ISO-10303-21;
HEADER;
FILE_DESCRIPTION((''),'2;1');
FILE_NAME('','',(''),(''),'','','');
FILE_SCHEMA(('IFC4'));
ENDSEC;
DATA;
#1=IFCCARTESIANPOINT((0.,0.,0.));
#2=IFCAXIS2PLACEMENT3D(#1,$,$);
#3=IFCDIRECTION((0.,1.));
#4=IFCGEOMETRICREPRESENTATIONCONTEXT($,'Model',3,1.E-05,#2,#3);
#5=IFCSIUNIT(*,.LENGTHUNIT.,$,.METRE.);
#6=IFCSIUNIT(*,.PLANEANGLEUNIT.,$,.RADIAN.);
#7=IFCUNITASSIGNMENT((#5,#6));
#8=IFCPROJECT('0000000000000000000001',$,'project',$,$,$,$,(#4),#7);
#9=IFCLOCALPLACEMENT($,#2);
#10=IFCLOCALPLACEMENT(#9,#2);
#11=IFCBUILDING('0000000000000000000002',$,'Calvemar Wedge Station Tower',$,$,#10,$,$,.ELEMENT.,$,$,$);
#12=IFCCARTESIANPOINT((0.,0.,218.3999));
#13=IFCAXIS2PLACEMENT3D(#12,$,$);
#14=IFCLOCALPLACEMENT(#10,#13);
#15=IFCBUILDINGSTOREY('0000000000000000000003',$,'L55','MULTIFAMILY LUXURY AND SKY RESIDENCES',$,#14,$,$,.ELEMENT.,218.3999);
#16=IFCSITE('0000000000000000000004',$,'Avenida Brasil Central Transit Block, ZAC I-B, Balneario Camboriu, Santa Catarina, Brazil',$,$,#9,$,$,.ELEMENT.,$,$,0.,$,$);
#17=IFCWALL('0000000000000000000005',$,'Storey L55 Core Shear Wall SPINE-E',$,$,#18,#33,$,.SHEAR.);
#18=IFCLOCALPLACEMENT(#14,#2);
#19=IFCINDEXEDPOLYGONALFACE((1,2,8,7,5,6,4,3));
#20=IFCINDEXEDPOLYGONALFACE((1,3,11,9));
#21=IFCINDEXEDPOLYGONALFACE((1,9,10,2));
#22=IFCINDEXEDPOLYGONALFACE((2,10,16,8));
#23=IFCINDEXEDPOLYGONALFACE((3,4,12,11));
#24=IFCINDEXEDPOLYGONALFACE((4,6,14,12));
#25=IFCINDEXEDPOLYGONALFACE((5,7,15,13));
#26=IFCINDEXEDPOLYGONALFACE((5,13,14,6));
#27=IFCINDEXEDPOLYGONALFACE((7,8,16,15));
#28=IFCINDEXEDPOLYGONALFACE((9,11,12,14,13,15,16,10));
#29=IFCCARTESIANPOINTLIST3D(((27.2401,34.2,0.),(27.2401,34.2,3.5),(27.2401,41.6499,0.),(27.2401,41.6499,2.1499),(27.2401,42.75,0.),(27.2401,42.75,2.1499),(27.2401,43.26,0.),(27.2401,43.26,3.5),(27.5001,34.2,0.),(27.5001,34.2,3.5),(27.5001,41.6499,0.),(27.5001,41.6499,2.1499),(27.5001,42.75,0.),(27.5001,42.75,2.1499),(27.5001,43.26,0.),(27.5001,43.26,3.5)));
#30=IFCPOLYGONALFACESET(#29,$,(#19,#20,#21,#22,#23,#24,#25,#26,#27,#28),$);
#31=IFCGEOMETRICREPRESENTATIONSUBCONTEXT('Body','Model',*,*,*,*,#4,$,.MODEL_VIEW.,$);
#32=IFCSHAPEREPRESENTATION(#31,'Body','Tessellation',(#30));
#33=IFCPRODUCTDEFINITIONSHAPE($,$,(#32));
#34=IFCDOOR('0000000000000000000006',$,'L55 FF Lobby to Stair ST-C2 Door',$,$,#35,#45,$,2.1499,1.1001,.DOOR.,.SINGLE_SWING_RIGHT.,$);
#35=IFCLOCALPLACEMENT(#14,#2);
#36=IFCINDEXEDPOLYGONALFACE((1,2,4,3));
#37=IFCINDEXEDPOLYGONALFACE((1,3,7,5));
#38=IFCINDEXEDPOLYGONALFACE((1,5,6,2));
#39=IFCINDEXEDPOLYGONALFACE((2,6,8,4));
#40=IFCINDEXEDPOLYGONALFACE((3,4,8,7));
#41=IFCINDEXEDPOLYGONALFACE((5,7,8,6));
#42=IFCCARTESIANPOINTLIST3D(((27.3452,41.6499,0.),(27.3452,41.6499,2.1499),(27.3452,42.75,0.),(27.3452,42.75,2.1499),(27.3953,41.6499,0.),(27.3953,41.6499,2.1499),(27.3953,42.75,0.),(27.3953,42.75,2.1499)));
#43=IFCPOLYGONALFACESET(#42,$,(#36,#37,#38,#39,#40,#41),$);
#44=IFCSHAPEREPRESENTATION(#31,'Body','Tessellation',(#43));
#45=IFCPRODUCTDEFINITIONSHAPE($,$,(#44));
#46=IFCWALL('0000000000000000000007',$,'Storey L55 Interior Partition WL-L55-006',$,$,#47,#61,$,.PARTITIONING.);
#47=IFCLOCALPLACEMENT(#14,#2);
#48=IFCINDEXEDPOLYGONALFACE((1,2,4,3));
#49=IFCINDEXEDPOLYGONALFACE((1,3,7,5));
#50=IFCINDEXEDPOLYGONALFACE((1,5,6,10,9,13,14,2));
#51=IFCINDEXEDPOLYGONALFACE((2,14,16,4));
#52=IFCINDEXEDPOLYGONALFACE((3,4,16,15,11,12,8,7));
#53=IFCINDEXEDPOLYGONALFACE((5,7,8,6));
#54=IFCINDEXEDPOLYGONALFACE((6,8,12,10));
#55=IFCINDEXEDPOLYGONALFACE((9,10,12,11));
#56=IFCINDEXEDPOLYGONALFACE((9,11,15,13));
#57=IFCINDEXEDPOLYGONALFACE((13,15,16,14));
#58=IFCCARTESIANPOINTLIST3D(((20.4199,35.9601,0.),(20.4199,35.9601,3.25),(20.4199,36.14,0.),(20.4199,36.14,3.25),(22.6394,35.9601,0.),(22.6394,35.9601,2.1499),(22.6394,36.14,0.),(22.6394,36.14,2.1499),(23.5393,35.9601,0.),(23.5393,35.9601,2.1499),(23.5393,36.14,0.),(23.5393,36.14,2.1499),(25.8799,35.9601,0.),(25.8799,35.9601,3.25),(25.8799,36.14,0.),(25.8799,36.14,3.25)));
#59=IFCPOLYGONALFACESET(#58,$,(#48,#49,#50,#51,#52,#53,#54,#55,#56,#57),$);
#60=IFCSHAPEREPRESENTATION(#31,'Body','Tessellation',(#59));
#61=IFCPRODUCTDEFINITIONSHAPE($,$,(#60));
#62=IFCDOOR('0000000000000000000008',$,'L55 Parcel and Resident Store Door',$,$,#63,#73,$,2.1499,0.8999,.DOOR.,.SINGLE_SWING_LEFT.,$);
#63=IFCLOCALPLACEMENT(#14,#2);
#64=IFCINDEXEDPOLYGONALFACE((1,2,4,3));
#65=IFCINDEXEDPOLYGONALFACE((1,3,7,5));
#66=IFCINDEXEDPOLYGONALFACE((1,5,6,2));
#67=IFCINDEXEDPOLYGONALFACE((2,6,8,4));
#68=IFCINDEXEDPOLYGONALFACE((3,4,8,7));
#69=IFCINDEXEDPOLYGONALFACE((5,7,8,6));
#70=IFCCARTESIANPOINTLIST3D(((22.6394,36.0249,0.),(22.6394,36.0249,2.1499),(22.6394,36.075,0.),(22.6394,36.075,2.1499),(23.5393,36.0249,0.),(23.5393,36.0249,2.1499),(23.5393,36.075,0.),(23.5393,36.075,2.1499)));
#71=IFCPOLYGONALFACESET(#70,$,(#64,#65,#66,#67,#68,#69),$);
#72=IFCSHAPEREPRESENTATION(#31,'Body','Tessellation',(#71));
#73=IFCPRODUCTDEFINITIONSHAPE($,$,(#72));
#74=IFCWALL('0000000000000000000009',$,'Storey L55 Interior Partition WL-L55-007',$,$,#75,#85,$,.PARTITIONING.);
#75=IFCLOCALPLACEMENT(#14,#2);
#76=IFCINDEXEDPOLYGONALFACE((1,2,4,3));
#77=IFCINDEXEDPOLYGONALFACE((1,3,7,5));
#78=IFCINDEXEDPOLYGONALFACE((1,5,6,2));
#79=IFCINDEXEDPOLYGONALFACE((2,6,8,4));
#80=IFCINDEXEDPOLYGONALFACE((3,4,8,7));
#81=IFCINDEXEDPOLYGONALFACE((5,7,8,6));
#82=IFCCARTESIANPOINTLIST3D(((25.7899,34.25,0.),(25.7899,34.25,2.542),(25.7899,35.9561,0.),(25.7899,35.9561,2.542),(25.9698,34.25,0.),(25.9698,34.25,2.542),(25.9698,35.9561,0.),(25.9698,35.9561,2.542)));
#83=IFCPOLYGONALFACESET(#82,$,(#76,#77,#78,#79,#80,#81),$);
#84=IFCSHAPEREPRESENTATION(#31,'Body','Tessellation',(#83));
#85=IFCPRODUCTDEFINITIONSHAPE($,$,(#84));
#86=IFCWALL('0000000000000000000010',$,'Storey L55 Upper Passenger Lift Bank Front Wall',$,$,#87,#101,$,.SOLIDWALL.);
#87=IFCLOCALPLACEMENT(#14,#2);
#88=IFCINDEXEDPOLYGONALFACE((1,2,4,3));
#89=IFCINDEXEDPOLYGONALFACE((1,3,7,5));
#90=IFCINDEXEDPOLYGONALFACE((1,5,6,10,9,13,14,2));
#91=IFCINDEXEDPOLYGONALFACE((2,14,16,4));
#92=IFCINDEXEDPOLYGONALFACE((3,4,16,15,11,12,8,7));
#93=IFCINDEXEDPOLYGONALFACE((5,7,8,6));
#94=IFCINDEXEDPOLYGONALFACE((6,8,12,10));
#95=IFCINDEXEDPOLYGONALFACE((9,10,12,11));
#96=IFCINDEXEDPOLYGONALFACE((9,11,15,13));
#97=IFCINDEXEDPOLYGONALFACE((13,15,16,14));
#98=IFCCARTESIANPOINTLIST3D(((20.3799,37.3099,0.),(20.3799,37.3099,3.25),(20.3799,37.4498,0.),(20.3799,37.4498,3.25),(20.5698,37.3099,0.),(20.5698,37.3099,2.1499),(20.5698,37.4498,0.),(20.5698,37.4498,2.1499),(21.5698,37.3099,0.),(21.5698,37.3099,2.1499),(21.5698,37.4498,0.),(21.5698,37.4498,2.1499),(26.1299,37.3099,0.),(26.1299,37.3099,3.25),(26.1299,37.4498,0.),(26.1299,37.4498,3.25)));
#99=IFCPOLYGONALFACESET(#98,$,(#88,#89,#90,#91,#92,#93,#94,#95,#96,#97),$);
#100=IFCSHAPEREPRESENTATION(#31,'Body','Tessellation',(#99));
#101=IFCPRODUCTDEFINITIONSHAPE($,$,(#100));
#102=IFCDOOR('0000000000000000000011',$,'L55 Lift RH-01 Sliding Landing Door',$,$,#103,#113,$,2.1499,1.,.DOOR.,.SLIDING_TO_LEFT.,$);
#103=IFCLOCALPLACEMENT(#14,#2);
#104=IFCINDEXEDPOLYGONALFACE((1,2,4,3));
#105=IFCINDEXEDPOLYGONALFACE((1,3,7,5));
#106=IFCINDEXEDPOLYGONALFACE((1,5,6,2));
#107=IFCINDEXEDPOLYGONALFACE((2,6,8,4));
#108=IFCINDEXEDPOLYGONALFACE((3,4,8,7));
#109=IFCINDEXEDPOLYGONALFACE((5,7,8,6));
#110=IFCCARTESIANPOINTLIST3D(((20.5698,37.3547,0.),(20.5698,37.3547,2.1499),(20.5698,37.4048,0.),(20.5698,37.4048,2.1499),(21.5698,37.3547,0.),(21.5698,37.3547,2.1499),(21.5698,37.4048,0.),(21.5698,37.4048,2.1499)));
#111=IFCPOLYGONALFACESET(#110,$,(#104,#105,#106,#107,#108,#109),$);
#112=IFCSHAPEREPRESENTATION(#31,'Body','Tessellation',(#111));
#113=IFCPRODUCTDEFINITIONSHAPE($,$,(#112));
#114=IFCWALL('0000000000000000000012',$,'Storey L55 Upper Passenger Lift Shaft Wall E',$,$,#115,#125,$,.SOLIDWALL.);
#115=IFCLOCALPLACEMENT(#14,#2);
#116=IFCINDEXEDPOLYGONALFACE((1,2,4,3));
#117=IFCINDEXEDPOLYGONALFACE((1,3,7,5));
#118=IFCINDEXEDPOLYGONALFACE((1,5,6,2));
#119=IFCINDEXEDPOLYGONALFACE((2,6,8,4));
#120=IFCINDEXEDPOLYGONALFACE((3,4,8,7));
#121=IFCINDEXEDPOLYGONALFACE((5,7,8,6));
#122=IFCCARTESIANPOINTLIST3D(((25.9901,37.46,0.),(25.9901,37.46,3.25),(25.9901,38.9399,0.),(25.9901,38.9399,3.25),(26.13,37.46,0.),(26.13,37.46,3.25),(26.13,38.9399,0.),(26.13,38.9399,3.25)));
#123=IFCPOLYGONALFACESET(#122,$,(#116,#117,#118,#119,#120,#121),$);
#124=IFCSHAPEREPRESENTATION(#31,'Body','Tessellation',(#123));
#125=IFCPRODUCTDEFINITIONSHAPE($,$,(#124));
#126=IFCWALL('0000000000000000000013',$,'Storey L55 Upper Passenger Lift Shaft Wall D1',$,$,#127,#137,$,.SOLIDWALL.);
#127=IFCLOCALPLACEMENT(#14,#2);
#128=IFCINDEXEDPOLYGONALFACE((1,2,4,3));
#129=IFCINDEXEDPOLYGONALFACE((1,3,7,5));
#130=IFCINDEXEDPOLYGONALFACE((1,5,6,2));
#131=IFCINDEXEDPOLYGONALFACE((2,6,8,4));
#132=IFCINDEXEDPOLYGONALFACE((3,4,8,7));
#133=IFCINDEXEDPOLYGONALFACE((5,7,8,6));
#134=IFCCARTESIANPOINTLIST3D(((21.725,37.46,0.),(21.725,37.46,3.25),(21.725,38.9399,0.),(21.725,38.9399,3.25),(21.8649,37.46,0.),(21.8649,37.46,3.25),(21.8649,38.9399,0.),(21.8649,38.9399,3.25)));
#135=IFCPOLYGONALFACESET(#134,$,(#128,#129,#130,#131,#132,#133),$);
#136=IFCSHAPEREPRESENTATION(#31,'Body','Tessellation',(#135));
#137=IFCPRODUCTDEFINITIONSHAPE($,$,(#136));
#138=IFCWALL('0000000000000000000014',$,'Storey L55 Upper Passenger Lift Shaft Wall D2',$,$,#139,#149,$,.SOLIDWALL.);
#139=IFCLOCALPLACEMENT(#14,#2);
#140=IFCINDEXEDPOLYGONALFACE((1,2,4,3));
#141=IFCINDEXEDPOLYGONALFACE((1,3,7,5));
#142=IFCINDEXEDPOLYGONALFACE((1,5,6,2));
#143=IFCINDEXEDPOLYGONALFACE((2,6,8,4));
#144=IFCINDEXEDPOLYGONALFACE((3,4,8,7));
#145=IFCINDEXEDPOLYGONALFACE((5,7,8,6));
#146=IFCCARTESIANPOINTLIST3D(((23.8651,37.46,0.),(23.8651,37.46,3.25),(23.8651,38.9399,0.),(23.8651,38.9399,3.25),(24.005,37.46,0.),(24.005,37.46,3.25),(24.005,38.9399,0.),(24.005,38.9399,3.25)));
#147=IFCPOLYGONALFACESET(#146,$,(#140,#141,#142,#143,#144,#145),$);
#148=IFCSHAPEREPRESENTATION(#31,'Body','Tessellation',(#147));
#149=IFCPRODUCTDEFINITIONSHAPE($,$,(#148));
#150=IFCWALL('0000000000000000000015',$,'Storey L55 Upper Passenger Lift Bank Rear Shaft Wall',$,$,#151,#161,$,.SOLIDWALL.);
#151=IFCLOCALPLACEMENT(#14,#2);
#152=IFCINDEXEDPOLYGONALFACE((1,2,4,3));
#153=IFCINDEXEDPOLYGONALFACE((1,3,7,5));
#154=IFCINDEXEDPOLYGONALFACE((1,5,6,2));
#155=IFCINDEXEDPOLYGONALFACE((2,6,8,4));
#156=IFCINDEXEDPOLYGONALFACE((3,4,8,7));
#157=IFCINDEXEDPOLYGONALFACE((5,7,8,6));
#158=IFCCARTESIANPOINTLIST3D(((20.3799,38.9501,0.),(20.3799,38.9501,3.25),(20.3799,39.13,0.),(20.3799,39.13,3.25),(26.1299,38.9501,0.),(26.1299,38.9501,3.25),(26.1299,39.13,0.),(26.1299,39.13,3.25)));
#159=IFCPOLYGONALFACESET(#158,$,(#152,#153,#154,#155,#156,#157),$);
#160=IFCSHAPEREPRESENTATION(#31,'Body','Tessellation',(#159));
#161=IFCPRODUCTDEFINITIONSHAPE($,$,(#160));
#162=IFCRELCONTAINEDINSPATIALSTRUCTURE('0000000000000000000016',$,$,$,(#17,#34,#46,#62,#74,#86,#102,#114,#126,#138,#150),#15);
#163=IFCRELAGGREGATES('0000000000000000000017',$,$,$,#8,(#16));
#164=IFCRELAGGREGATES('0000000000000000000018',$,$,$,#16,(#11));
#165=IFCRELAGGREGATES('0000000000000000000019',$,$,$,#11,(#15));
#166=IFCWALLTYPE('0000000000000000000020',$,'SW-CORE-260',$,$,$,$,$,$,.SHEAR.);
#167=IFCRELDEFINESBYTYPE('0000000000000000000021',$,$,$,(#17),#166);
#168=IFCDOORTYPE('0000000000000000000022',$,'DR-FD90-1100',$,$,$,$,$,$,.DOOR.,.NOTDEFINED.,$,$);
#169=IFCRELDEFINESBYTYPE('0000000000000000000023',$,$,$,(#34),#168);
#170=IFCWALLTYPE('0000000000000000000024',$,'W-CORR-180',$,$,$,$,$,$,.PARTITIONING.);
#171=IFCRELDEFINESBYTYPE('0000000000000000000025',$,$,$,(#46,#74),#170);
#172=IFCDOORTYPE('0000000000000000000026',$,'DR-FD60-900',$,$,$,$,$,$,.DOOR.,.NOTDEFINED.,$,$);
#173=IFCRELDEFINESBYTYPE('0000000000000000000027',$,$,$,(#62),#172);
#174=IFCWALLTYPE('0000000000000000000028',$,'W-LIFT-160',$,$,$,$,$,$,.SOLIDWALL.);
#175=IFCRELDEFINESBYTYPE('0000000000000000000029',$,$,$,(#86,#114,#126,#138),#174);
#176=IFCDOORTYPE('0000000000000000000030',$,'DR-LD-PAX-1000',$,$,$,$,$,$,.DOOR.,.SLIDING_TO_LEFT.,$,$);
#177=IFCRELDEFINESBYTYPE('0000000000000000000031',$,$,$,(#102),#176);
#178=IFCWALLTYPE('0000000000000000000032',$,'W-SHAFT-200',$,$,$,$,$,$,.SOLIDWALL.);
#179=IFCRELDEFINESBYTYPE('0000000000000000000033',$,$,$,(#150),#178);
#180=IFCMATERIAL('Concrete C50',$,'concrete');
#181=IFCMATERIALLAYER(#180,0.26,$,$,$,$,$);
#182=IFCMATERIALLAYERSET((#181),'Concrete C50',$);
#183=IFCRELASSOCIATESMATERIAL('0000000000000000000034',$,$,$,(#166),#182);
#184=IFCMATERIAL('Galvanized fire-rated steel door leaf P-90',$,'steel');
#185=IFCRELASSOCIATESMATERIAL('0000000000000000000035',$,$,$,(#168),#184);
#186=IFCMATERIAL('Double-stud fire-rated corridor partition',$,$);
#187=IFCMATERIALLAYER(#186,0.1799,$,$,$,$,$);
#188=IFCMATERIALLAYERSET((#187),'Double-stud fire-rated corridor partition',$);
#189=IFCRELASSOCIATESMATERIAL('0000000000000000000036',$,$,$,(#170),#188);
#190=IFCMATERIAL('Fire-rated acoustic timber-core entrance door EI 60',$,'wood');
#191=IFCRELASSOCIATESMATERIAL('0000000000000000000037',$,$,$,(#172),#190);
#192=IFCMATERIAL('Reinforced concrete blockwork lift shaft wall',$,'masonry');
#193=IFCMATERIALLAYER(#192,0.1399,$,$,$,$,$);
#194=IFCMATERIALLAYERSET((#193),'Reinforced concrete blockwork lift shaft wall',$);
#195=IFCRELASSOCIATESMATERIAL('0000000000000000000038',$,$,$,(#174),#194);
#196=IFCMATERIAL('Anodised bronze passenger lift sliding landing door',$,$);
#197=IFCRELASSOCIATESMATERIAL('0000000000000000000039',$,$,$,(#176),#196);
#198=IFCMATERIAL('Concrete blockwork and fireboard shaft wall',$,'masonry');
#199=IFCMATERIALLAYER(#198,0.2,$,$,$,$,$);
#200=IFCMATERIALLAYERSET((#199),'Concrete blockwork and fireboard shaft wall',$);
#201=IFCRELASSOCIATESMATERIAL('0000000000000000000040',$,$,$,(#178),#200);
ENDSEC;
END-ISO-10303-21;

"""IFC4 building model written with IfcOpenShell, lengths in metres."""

from ifc_helpers import new_model, si_unit, direction, frame, frame_2d, origin, place, context, subcontext, project, spatial, rectangle, extrude, source, transform, mapped, material, layer, layer_set, type_object, element, fill, save


model = new_model("IFC4")

# Units and contexts
model_context = context("Model", 3, precision=1e-05, world=origin(), true_north=direction((0.0, 1.0)))
body_context = subcontext(model_context, "Body", "Model", "MODEL_VIEW")
ifc_project = project(units=[si_unit("LENGTHUNIT", "METRE"), si_unit("PLANEANGLEUNIT", "RADIAN")], contexts=[model_context])

# Site, building, storey
site_placement = place(None, origin())
site = spatial("IfcSite", under=ifc_project, at=site_placement, Name="Avenida Brasil Central Transit Block, ZAC I-B, Balneario Camboriu, Santa Catarina, Brazil", CompositionType="ELEMENT", RefElevation=0.0)
building_placement = place(site_placement, origin())
building = spatial("IfcBuilding", under=site, at=building_placement, Name="Calvemar Wedge Station Tower", CompositionType="ELEMENT")
storey_placement = place(building_placement, frame((0.0, 0.0, 218.3999)))
storey = spatial("IfcBuildingStorey", under=building, at=storey_placement, Name="L55", Description="MULTIFAMILY LUXURY AND SKY RESIDENCES", CompositionType="ELEMENT", Elevation=218.3999)

# Shared definitions
ifc_material_1 = material(Name="Concrete C50", Category="concrete")

# Walls, openings, doors
ifc_layer_1 = layer(ifc_material_1, 0.26)
ifc_layer_set_1 = layer_set([ifc_layer_1], Name="Concrete C50")
wall_type_1 = type_object("IfcWallType", Name="SW-CORE-260", PredefinedType="SHEAR", material=ifc_layer_set_1)
shared_shape_1 = source(origin(), body_context, "Body", "SweptSolid", [
    extrude(rectangle(XDim=1.1001, YDim=2.1499, at=frame_2d((0.55, 1.075))), frame((0.0, 0.1401, 0.0), z_axis=(0.0, -1.0, 0.0), x_axis=(1.0, 0.0, 0.0)), (0.0, 0.0, 1.0), 0.28),
])
ifc_material_2 = material(Name="Galvanized fire-rated steel door leaf P-90", Category="steel")
door_type_1 = type_object("IfcDoorType", Name="DR-FD90-1100", OperationType="NOTDEFINED", PredefinedType="DOOR", material=ifc_material_2)
shared_shape_2 = source(origin(), body_context, "Body", "SweptSolid", [
    extrude(rectangle(XDim=1.1001, YDim=2.1499, at=frame_2d((0.55, 1.075))), frame((0.0, 0.0249, 0.0), z_axis=(0.0, -1.0, 0.0), x_axis=(1.0, 0.0, 0.0)), (0.0, 0.0, 1.0), 0.05),
])
wall_1_placement = place(storey_placement, frame((27.3701, 34.2, 0.0), z_axis=(0.0, 0.0, 1.0), x_axis=(0.0, 1.0, 0.0)))
wall_1 = element("IfcWall", 1, at=wall_1_placement, inside=storey, type_object=wall_type_1, Name="Storey L55 Core Shear Wall SPINE-E", PredefinedType="SHEAR", context=body_context, shape_type="SweptSolid", body=[
    extrude(rectangle(XDim=9.0601, YDim=0.26, at=frame_2d((4.53, 0.0))), origin(), (0.0, 0.0, 1.0), 3.5),
])
opening_1_placement = place(wall_1_placement, frame((7.45, 0.0, 0.0)))
opening_1 = element("IfcOpeningElement", 2, at=opening_1_placement, cuts=wall_1, PredefinedType="OPENING", context=body_context, shape_type="MappedRepresentation", body=[
    mapped(shared_shape_1, transform((0.0, 0.0, 0.0), scale=1.0)),
])
door_1_placement = place(opening_1_placement, origin())
door_1 = element("IfcDoor", 3, at=door_1_placement, inside=storey, type_object=door_type_1, Name="L55 FF Lobby to Stair ST-C2 Door", OperationType="SINGLE_SWING_RIGHT", OverallHeight=2.1499, OverallWidth=1.1001, PredefinedType="DOOR", context=body_context, shape_type="MappedRepresentation", body=[
    mapped(shared_shape_2, transform((0.0, 0.0, 0.0), scale=1.0)),
])
fill(opening_1, door_1)
ifc_material_3 = material(Name="Double-stud fire-rated corridor partition")
ifc_layer_2 = layer(ifc_material_3, 0.1799)
ifc_layer_set_2 = layer_set([ifc_layer_2], Name="Double-stud fire-rated corridor partition")
wall_type_2 = type_object("IfcWallType", Name="W-CORR-180", PredefinedType="PARTITIONING", material=ifc_layer_set_2)
shared_shape_3 = source(origin(), body_context, "Body", "SweptSolid", [
    extrude(rectangle(XDim=0.8999, YDim=2.1499, at=frame_2d((0.45, 1.075))), frame((0.0, 0.1001, 0.0), z_axis=(0.0, -1.0, 0.0), x_axis=(1.0, 0.0, 0.0)), (0.0, 0.0, 1.0), 0.2),
])
ifc_material_4 = material(Name="Fire-rated acoustic timber-core entrance door EI 60", Category="wood")
door_type_2 = type_object("IfcDoorType", Name="DR-FD60-900", OperationType="NOTDEFINED", PredefinedType="DOOR", material=ifc_material_4)
shared_shape_4 = source(origin(), body_context, "Body", "SweptSolid", [
    extrude(rectangle(XDim=0.8999, YDim=2.1499, at=frame_2d((0.45, 1.075))), frame((0.0, 0.0249, 0.0), z_axis=(0.0, -1.0, 0.0), x_axis=(1.0, 0.0, 0.0)), (0.0, 0.0, 1.0), 0.05),
])
wall_2_placement = place(storey_placement, frame((20.4199, 36.05, 0.0), z_axis=(0.0, 0.0, 1.0), x_axis=(1.0, 0.0, 0.0)))
wall_2 = element("IfcWall", 4, at=wall_2_placement, inside=storey, type_object=wall_type_2, Name="Storey L55 Interior Partition WL-L55-006", PredefinedType="PARTITIONING", context=body_context, shape_type="SweptSolid", body=[
    extrude(rectangle(XDim=5.46, YDim=0.1799, at=frame_2d((2.73, 0.0))), origin(), (0.0, 0.0, 1.0), 3.25),
])
opening_2_placement = place(wall_2_placement, frame((2.2195, 0.0, 0.0)))
opening_2 = element("IfcOpeningElement", 5, at=opening_2_placement, cuts=wall_2, PredefinedType="OPENING", context=body_context, shape_type="MappedRepresentation", body=[
    mapped(shared_shape_3, transform((0.0, 0.0, 0.0), scale=1.0)),
])
door_2_placement = place(opening_2_placement, origin())
door_2 = element("IfcDoor", 6, at=door_2_placement, inside=storey, type_object=door_type_2, Name="L55 Parcel and Resident Store Door", OperationType="SINGLE_SWING_LEFT", OverallHeight=2.1499, OverallWidth=0.8999, PredefinedType="DOOR", context=body_context, shape_type="MappedRepresentation", body=[
    mapped(shared_shape_4, transform((0.0, 0.0, 0.0), scale=1.0)),
])
fill(opening_2, door_2)

# Wall
wall_3_placement = place(storey_placement, frame((25.8799, 35.9561, 0.0), z_axis=(0.0, 0.0, 1.0), x_axis=(0.0, -1.0, 0.0)))
element("IfcWall", 7, at=wall_3_placement, inside=storey, type_object=wall_type_2, Name="Storey L55 Interior Partition WL-L55-007", PredefinedType="PARTITIONING", context=body_context, shape_type="SweptSolid", body=[
    extrude(rectangle(XDim=1.7061, YDim=0.1799, at=frame_2d((0.853, 0.0))), origin(), (0.0, 0.0, 1.0), 2.542),
])

# Wall, opening, door
ifc_material_5 = material(Name="Reinforced concrete blockwork lift shaft wall", Category="masonry")
ifc_layer_3 = layer(ifc_material_5, 0.1399)
ifc_layer_set_3 = layer_set([ifc_layer_3], Name="Reinforced concrete blockwork lift shaft wall")
wall_type_3 = type_object("IfcWallType", Name="W-LIFT-160", PredefinedType="SOLIDWALL", material=ifc_layer_set_3)
wall_4_placement = place(storey_placement, frame((20.3799, 37.3799, 0.0), z_axis=(0.0, 0.0, 1.0), x_axis=(1.0, 0.0, 0.0)))
wall_4 = element("IfcWall", 8, at=wall_4_placement, inside=storey, type_object=wall_type_3, Name="Storey L55 Upper Passenger Lift Bank Front Wall", PredefinedType="SOLIDWALL", context=body_context, shape_type="SweptSolid", body=[
    extrude(rectangle(XDim=5.75, YDim=0.1399, at=frame_2d((2.875, 0.0))), origin(), (0.0, 0.0, 1.0), 3.25),
])
shared_shape_5 = source(origin(), body_context, "Body", "SweptSolid", [
    extrude(rectangle(XDim=1.0, YDim=2.1499, at=frame_2d((0.5, 1.075))), frame((0.0, 0.0801, 0.0), z_axis=(0.0, -1.0, 0.0), x_axis=(1.0, 0.0, 0.0)), (0.0, 0.0, 1.0), 0.1599),
])
opening_3_placement = place(wall_4_placement, frame((0.1899, 0.0, 0.0)))
opening_3 = element("IfcOpeningElement", 9, at=opening_3_placement, cuts=wall_4, PredefinedType="OPENING", context=body_context, shape_type="MappedRepresentation", body=[
    mapped(shared_shape_5, transform((0.0, 0.0, 0.0), scale=1.0)),
])
ifc_material_6 = material(Name="Anodised bronze passenger lift sliding landing door")
door_type_3 = type_object("IfcDoorType", Name="DR-LD-PAX-1000", OperationType="SLIDING_TO_LEFT", PredefinedType="DOOR", material=ifc_material_6)
shared_shape_6 = source(origin(), body_context, "Body", "SweptSolid", [
    extrude(rectangle(XDim=1.0, YDim=2.1499, at=frame_2d((0.5, 1.075))), frame((0.0, 0.0249, 0.0), z_axis=(0.0, -1.0, 0.0), x_axis=(1.0, 0.0, 0.0)), (0.0, 0.0, 1.0), 0.05),
])
door_3_placement = place(opening_3_placement, origin())
door_3 = element("IfcDoor", 10, at=door_3_placement, inside=storey, type_object=door_type_3, Name="L55 Lift RH-01 Sliding Landing Door", OperationType="SLIDING_TO_LEFT", OverallHeight=2.1499, OverallWidth=1.0, PredefinedType="DOOR", context=body_context, shape_type="MappedRepresentation", body=[
    mapped(shared_shape_6, transform((0.0, 0.0, 0.0), scale=1.0)),
])
fill(opening_3, door_3)

# Walls
for number, where, z_axis, x_axis, name in (
    (11, (26.0601, 37.46, 0.0), (0.0, 0.0, 1.0), (0.0, 1.0, 0.0), "Storey L55 Upper Passenger Lift Shaft Wall E"),
    (12, (21.7949, 37.46, 0.0), (0.0, 0.0, 1.0), (0.0, 1.0, 0.0), "Storey L55 Upper Passenger Lift Shaft Wall D1"),
    (13, (23.9351, 37.46, 0.0), (0.0, 0.0, 1.0), (0.0, 1.0, 0.0), "Storey L55 Upper Passenger Lift Shaft Wall D2"),
):
    element("IfcWall", number, at=place(storey_placement, frame(where, z_axis=z_axis, x_axis=x_axis)), inside=storey, type_object=wall_type_3, Name=name, PredefinedType="SOLIDWALL", context=body_context, shape_type="SweptSolid", body=[
        extrude(rectangle(XDim=1.48, YDim=0.1399, at=frame_2d((0.74, 0.0))), origin(), (0.0, 0.0, 1.0), 3.25),
    ])
ifc_material_7 = material(Name="Concrete blockwork and fireboard shaft wall", Category="masonry")
ifc_layer_4 = layer(ifc_material_7, 0.2)
ifc_layer_set_4 = layer_set([ifc_layer_4], Name="Concrete blockwork and fireboard shaft wall")
wall_type_4 = type_object("IfcWallType", Name="W-SHAFT-200", PredefinedType="SOLIDWALL", material=ifc_layer_set_4)
wall_5_placement = place(storey_placement, frame((20.3799, 39.04, 0.0), z_axis=(0.0, 0.0, 1.0), x_axis=(1.0, 0.0, 0.0)))
element("IfcWall", 14, at=wall_5_placement, inside=storey, type_object=wall_type_4, Name="Storey L55 Upper Passenger Lift Bank Rear Shaft Wall", PredefinedType="SOLIDWALL", context=body_context, shape_type="SweptSolid", body=[
    extrude(rectangle(XDim=5.75, YDim=0.1799, at=frame_2d((2.875, 0.0))), origin(), (0.0, 0.0, 1.0), 3.25),
])

save(model, "model.ifc")
